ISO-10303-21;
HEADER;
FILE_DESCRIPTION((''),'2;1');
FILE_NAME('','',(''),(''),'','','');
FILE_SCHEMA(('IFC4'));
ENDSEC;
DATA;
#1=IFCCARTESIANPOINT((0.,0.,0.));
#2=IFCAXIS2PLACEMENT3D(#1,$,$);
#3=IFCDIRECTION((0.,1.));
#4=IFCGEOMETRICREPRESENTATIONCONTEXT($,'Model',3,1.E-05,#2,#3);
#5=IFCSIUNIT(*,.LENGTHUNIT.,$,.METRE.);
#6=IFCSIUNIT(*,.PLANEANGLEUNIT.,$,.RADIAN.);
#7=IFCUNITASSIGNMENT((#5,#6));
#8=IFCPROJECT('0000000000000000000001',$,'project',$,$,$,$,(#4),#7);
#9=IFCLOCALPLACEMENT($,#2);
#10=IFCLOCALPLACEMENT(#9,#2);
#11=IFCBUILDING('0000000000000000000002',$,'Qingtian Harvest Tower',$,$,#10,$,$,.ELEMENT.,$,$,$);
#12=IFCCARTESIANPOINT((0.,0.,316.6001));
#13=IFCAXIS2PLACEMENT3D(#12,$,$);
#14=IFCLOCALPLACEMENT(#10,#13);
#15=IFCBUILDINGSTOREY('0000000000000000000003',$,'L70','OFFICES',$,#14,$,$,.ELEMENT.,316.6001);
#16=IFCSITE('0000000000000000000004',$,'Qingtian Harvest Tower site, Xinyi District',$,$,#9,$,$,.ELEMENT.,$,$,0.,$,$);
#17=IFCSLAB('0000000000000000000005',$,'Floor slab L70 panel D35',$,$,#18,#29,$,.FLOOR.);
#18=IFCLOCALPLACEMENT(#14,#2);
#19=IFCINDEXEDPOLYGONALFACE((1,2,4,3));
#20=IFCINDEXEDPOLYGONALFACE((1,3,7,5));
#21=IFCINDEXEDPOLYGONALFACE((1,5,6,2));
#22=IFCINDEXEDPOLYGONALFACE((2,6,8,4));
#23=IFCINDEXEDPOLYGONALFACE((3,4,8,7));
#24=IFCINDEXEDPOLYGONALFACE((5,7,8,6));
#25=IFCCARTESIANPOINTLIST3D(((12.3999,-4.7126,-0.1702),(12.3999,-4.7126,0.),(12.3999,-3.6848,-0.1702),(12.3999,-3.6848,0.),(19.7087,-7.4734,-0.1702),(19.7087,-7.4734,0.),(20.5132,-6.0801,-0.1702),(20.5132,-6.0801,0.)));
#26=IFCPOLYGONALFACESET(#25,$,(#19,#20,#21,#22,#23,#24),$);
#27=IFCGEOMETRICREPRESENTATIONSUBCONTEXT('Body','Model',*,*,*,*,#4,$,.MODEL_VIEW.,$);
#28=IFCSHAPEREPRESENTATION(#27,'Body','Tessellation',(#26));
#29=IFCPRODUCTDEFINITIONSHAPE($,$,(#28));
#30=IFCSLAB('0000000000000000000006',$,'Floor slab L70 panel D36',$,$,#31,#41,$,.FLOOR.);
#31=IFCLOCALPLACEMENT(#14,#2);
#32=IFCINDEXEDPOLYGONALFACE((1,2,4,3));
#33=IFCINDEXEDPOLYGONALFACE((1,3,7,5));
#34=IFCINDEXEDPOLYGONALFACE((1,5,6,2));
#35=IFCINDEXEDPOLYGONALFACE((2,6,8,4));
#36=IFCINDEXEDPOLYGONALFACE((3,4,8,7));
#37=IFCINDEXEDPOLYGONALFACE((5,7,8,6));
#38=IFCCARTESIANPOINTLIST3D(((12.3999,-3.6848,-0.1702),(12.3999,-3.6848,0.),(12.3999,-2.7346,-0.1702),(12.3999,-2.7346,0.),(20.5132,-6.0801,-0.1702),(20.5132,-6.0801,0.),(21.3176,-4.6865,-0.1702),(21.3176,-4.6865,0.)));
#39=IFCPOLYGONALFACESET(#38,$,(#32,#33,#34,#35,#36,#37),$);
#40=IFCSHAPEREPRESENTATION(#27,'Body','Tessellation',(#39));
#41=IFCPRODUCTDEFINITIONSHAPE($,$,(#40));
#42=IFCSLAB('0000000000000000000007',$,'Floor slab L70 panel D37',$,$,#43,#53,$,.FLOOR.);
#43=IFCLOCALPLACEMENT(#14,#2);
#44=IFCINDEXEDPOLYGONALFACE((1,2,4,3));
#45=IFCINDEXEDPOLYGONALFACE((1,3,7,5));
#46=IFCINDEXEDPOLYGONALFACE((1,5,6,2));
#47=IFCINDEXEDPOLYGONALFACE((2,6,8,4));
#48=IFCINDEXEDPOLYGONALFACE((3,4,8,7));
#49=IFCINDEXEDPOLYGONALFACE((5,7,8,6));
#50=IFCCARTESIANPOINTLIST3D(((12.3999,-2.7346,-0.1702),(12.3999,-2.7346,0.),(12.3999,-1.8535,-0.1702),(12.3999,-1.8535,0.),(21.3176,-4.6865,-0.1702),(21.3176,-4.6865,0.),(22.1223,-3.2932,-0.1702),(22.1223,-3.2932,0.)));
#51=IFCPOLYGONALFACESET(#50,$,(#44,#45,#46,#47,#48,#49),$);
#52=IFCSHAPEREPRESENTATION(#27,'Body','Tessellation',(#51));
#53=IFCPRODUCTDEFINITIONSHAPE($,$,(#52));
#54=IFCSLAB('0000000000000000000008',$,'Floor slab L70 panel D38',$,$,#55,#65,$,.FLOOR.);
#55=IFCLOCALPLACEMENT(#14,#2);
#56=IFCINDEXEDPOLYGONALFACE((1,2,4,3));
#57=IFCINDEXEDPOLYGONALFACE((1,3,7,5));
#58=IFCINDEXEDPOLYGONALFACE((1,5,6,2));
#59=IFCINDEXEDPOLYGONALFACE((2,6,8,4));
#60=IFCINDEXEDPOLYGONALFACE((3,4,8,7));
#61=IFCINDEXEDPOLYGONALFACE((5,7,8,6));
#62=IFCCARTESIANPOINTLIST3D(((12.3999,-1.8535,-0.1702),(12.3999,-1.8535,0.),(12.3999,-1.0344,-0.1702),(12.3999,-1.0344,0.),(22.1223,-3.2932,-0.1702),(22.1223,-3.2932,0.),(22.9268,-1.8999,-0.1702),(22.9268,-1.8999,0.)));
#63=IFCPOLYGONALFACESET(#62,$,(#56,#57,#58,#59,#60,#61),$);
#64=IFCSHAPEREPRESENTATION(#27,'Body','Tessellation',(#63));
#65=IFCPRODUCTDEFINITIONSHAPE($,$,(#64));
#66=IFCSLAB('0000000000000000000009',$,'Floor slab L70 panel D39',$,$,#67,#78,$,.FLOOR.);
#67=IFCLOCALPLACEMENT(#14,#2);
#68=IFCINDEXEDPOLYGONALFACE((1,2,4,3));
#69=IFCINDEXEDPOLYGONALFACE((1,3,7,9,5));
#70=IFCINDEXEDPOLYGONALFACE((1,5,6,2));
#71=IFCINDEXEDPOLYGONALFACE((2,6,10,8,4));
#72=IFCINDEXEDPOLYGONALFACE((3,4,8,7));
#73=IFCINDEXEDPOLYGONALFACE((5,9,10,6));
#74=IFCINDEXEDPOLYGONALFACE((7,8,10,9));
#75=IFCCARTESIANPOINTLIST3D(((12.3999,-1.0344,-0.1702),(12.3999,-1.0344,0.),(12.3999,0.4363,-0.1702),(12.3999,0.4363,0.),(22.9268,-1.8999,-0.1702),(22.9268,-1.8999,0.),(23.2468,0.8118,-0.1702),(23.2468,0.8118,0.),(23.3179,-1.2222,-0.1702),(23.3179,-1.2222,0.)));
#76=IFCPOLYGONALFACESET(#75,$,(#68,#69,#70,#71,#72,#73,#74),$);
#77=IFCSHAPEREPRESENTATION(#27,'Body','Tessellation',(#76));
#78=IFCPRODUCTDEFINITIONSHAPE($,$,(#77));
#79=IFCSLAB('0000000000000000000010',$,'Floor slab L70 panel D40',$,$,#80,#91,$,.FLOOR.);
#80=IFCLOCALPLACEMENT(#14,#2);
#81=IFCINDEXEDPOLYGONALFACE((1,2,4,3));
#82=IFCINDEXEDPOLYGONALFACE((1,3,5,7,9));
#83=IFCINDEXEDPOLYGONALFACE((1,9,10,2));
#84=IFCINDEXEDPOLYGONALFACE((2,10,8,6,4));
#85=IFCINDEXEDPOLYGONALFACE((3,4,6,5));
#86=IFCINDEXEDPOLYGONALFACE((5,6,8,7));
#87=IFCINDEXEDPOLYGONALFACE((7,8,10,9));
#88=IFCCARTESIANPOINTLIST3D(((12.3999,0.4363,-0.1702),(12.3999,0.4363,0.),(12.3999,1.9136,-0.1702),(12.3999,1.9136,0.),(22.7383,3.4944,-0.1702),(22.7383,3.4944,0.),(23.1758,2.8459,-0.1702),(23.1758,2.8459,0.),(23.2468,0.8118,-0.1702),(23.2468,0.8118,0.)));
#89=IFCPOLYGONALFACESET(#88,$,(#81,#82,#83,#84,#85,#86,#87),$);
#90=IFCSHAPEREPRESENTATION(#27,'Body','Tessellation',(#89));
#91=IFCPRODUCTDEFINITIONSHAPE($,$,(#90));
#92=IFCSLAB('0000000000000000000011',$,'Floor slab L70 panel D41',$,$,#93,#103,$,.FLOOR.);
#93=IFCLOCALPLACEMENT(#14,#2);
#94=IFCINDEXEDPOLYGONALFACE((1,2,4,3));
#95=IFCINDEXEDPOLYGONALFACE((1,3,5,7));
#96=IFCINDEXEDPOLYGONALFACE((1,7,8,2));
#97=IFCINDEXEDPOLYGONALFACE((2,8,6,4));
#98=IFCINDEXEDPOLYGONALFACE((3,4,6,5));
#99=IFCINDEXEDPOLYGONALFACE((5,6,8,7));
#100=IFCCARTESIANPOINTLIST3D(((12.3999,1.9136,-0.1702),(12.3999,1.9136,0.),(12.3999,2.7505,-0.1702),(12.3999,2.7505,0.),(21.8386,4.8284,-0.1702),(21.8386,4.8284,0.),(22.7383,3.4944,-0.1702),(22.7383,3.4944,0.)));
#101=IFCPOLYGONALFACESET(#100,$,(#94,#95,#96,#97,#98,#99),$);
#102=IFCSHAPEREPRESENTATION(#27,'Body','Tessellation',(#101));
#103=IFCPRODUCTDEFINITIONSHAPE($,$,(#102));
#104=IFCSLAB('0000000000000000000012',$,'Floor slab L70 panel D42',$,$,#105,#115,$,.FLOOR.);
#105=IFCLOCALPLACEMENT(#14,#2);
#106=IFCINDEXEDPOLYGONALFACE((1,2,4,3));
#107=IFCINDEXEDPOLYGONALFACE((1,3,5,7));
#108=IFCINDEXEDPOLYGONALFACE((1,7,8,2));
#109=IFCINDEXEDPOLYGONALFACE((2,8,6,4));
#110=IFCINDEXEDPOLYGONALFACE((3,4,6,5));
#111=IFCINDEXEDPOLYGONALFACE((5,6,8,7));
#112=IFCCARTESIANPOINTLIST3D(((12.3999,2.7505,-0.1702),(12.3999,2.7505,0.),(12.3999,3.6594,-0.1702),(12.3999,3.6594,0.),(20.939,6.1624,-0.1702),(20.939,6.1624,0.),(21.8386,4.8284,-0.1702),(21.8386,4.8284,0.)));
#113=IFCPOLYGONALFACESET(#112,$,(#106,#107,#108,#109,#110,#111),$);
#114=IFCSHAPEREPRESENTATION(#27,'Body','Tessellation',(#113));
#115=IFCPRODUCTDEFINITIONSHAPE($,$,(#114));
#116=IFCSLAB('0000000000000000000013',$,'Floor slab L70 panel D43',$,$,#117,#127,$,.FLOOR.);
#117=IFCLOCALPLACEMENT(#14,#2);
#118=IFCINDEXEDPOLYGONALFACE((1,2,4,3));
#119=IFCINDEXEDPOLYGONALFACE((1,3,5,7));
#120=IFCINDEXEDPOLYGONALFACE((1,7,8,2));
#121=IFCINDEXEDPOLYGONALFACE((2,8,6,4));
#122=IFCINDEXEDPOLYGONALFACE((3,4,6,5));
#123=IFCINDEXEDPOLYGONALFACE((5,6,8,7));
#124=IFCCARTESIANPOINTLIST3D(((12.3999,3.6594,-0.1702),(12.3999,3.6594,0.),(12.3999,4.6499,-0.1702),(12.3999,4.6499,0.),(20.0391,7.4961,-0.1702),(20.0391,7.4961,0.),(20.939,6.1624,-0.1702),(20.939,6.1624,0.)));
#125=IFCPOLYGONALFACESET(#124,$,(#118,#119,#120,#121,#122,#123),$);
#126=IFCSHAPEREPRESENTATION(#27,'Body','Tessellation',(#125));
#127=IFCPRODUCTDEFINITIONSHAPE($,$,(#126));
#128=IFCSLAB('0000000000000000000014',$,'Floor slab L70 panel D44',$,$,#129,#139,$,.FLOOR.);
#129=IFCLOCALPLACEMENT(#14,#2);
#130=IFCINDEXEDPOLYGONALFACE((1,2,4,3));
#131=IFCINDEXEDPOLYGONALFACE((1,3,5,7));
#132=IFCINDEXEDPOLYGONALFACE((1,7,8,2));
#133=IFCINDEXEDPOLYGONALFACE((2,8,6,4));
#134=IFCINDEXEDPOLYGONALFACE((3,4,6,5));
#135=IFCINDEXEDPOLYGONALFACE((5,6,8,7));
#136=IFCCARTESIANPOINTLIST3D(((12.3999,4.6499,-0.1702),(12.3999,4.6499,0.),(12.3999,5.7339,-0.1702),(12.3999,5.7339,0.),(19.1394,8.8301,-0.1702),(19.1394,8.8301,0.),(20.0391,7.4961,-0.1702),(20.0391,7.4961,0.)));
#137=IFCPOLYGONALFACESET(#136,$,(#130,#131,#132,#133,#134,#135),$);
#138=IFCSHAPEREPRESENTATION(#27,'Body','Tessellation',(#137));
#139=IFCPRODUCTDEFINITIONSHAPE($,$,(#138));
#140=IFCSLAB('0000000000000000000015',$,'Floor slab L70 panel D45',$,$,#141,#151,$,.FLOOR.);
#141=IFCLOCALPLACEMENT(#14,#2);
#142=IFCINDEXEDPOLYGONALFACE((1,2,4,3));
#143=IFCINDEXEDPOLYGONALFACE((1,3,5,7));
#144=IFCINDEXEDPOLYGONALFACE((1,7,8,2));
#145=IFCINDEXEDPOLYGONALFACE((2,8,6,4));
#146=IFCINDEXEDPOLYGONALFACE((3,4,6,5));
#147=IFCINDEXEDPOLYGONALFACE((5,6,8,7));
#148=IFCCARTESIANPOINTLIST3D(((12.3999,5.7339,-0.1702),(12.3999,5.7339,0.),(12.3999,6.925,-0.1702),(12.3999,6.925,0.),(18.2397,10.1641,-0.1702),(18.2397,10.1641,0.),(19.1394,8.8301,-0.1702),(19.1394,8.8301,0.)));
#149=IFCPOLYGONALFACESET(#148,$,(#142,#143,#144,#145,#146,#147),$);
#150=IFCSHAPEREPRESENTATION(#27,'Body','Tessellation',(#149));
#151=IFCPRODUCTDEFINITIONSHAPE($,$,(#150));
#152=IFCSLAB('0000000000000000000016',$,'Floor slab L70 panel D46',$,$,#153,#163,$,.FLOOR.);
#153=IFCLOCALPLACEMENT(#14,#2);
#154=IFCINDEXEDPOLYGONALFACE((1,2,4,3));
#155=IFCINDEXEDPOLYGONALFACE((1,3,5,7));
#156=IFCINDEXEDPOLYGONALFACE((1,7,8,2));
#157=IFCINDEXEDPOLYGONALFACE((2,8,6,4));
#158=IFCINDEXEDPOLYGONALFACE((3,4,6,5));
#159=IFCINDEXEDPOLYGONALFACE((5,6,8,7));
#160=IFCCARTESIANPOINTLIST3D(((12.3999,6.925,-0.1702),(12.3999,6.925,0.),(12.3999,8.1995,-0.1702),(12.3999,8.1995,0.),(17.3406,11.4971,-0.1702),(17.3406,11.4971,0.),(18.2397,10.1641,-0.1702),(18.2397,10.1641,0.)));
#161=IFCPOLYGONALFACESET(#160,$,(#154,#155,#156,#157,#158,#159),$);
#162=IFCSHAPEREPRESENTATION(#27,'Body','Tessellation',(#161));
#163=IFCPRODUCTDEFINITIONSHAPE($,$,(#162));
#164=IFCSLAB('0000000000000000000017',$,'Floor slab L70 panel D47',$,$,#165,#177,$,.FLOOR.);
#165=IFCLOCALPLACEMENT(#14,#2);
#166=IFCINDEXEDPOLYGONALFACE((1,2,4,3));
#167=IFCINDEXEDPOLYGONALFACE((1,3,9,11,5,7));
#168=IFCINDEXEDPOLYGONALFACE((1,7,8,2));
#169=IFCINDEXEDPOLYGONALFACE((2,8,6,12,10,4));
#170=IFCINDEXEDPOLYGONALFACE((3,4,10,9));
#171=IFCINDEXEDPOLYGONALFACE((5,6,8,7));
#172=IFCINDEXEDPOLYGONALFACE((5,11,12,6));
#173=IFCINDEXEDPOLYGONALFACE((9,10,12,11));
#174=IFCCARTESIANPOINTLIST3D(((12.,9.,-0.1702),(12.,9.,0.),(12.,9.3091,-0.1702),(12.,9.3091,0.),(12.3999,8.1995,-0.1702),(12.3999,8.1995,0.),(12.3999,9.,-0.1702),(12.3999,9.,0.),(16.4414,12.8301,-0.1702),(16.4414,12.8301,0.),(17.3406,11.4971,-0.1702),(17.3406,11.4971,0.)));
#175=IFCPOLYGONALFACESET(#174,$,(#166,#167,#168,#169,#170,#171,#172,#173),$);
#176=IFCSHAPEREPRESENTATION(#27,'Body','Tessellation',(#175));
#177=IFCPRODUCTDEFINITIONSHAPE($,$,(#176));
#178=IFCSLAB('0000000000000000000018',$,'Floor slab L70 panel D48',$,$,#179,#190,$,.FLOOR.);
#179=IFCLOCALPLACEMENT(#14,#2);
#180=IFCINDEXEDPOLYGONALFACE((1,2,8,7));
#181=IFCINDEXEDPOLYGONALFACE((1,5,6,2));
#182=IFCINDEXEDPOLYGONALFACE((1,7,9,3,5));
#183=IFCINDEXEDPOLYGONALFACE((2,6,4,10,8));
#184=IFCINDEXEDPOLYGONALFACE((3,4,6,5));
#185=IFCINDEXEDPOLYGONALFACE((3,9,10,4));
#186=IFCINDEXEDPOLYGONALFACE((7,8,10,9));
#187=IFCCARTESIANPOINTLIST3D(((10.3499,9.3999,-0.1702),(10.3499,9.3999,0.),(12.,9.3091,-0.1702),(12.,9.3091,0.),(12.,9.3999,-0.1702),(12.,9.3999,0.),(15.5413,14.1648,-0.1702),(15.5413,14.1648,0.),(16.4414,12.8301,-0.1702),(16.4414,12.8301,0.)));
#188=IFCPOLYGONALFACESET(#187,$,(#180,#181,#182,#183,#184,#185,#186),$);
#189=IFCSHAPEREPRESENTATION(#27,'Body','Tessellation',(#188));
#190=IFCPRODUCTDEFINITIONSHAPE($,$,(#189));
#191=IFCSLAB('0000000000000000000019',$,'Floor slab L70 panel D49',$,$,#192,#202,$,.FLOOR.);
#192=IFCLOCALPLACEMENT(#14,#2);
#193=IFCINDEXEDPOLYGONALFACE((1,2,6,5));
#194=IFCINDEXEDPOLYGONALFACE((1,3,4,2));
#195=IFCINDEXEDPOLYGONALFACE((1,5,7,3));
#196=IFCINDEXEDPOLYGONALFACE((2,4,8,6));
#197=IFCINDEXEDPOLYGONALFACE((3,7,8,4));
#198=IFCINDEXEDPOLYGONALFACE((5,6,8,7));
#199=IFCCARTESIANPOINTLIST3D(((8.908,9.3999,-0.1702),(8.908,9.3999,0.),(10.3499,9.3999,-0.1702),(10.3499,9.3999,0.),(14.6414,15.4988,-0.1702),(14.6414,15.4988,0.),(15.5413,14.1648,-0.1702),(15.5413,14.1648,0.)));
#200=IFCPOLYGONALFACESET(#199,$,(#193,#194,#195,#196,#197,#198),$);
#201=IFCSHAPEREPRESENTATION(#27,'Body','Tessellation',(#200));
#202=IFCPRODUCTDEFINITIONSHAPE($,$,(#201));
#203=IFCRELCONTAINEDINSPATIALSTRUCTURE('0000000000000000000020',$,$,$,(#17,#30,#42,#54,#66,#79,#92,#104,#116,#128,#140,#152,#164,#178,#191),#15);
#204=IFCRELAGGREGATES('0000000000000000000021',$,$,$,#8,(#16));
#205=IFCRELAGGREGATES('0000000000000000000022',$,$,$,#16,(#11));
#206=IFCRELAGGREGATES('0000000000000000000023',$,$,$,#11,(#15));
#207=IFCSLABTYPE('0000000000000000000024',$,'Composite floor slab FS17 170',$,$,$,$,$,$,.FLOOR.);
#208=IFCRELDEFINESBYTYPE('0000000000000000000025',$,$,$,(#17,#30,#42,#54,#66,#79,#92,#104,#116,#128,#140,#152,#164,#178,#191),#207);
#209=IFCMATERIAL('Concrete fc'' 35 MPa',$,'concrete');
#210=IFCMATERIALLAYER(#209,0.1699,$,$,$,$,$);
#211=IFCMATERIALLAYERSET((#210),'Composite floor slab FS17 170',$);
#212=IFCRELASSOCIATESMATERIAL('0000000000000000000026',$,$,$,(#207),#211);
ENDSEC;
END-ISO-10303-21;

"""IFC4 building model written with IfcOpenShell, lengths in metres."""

from ifc_helpers import new_model, si_unit, direction, frame, origin, place, context, subcontext, project, spatial, polyline, outline, extrude, material, layer, layer_set, type_object, element, save


model = new_model("IFC4")

# Units and contexts
model_context = context("Model", 3, precision=1e-05, world=origin(), true_north=direction((0.0, 1.0)))
body_context = subcontext(model_context, "Body", "Model", "MODEL_VIEW")
ifc_project = project(units=[si_unit("LENGTHUNIT", "METRE"), si_unit("PLANEANGLEUNIT", "RADIAN")], contexts=[model_context])

# Site, building, storey
site_placement = place(None, origin())
site = spatial("IfcSite", under=ifc_project, at=site_placement, Name="Qingtian Harvest Tower site, Xinyi District", CompositionType="ELEMENT", RefElevation=0.0)
building_placement = place(site_placement, origin())
building = spatial("IfcBuilding", under=site, at=building_placement, Name="Qingtian Harvest Tower", CompositionType="ELEMENT")
storey_placement = place(building_placement, frame((0.0, 0.0, 316.6001)))
storey = spatial("IfcBuildingStorey", under=building, at=storey_placement, Name="L70", Description="OFFICES", CompositionType="ELEMENT", Elevation=316.6001)

# Slabs
ifc_material_1 = material(Name="Concrete fc' 35 MPa", Category="concrete")
ifc_layer_1 = layer(ifc_material_1, 0.1699)
ifc_layer_set_1 = layer_set([ifc_layer_1], Name="Composite floor slab FS17 170")
slab_type = type_object("IfcSlabType", Name="Composite floor slab FS17 170", PredefinedType="FLOOR", material=ifc_layer_set_1)
slab_1_placement = place(storey_placement, frame((0.0, 0.0, -0.1702)))
element("IfcSlab", 1, at=slab_1_placement, inside=storey, type_object=slab_type, Name="Floor slab L70 panel D35", PredefinedType="FLOOR", context=body_context, shape_type="SweptSolid", body=[
    extrude(outline(polyline([(12.3999, -3.6848), (20.5132, -6.0801), (19.7087, -7.4734), (12.3999, -4.7126), (12.3999, -3.6848)])), origin(), (0.0, 0.0, 1.0), 0.1702),
])
slab_2_placement = place(storey_placement, frame((0.0, 0.0, -0.1702)))
element("IfcSlab", 2, at=slab_2_placement, inside=storey, type_object=slab_type, Name="Floor slab L70 panel D36", PredefinedType="FLOOR", context=body_context, shape_type="SweptSolid", body=[
    extrude(outline(polyline([(12.3999, -2.7346), (21.3176, -4.6865), (20.5132, -6.0801), (12.3999, -3.6848), (12.3999, -2.7346)])), origin(), (0.0, 0.0, 1.0), 0.1702),
])
slab_3_placement = place(storey_placement, frame((0.0, 0.0, -0.1702)))
element("IfcSlab", 3, at=slab_3_placement, inside=storey, type_object=slab_type, Name="Floor slab L70 panel D37", PredefinedType="FLOOR", context=body_context, shape_type="SweptSolid", body=[
    extrude(outline(polyline([(12.3999, -1.8535), (22.1223, -3.2932), (21.3176, -4.6865), (12.3999, -2.7346), (12.3999, -1.8535)])), origin(), (0.0, 0.0, 1.0), 0.1702),
])
slab_4_placement = place(storey_placement, frame((0.0, 0.0, -0.1702)))
element("IfcSlab", 4, at=slab_4_placement, inside=storey, type_object=slab_type, Name="Floor slab L70 panel D38", PredefinedType="FLOOR", context=body_context, shape_type="SweptSolid", body=[
    extrude(outline(polyline([(12.3999, -1.0344), (22.9268, -1.8999), (22.1223, -3.2932), (12.3999, -1.8535), (12.3999, -1.0344)])), origin(), (0.0, 0.0, 1.0), 0.1702),
])
slab_5_placement = place(storey_placement, frame((0.0, 0.0, -0.1702)))
element("IfcSlab", 5, at=slab_5_placement, inside=storey, type_object=slab_type, Name="Floor slab L70 panel D39", PredefinedType="FLOOR", context=body_context, shape_type="SweptSolid", body=[
    extrude(outline(polyline([(12.3999, -1.0344), (12.3999, 0.4363), (23.2468, 0.8118), (23.3179, -1.2222), (22.9268, -1.8999), (12.3999, -1.0344)])), origin(), (0.0, 0.0, 1.0), 0.1702),
])
slab_6_placement = place(storey_placement, frame((0.0, 0.0, -0.1702)))
element("IfcSlab", 6, at=slab_6_placement, inside=storey, type_object=slab_type, Name="Floor slab L70 panel D40", PredefinedType="FLOOR", context=body_context, shape_type="SweptSolid", body=[
    extrude(outline(polyline([(12.3999, 0.4363), (12.3999, 1.9136), (22.7383, 3.4944), (23.1758, 2.8459), (23.2468, 0.8118), (12.3999, 0.4363)])), origin(), (0.0, 0.0, 1.0), 0.1702),
])
slab_7_placement = place(storey_placement, frame((0.0, 0.0, -0.1702)))
element("IfcSlab", 7, at=slab_7_placement, inside=storey, type_object=slab_type, Name="Floor slab L70 panel D41", PredefinedType="FLOOR", context=body_context, shape_type="SweptSolid", body=[
    extrude(outline(polyline([(12.3999, 2.7505), (21.8386, 4.8284), (22.7383, 3.4944), (12.3999, 1.9136), (12.3999, 2.7505)])), origin(), (0.0, 0.0, 1.0), 0.1702),
])
slab_8_placement = place(storey_placement, frame((0.0, 0.0, -0.1702)))
element("IfcSlab", 8, at=slab_8_placement, inside=storey, type_object=slab_type, Name="Floor slab L70 panel D42", PredefinedType="FLOOR", context=body_context, shape_type="SweptSolid", body=[
    extrude(outline(polyline([(12.3999, 3.6594), (20.939, 6.1624), (21.8386, 4.8284), (12.3999, 2.7505), (12.3999, 3.6594)])), origin(), (0.0, 0.0, 1.0), 0.1702),
])
slab_9_placement = place(storey_placement, frame((0.0, 0.0, -0.1702)))
element("IfcSlab", 9, at=slab_9_placement, inside=storey, type_object=slab_type, Name="Floor slab L70 panel D43", PredefinedType="FLOOR", context=body_context, shape_type="SweptSolid", body=[
    extrude(outline(polyline([(12.3999, 4.6499), (20.0391, 7.4961), (20.939, 6.1624), (12.3999, 3.6594), (12.3999, 4.6499)])), origin(), (0.0, 0.0, 1.0), 0.1702),
])
slab_10_placement = place(storey_placement, frame((0.0, 0.0, -0.1702)))
element("IfcSlab", 10, at=slab_10_placement, inside=storey, type_object=slab_type, Name="Floor slab L70 panel D44", PredefinedType="FLOOR", context=body_context, shape_type="SweptSolid", body=[
    extrude(outline(polyline([(12.3999, 5.7339), (19.1394, 8.8301), (20.0391, 7.4961), (12.3999, 4.6499), (12.3999, 5.7339)])), origin(), (0.0, 0.0, 1.0), 0.1702),
])
slab_11_placement = place(storey_placement, frame((0.0, 0.0, -0.1702)))
element("IfcSlab", 11, at=slab_11_placement, inside=storey, type_object=slab_type, Name="Floor slab L70 panel D45", PredefinedType="FLOOR", context=body_context, shape_type="SweptSolid", body=[
    extrude(outline(polyline([(12.3999, 6.925), (18.2397, 10.1641), (19.1394, 8.8301), (12.3999, 5.7339), (12.3999, 6.925)])), origin(), (0.0, 0.0, 1.0), 0.1702),
])
slab_12_placement = place(storey_placement, frame((0.0, 0.0, -0.1702)))
element("IfcSlab", 12, at=slab_12_placement, inside=storey, type_object=slab_type, Name="Floor slab L70 panel D46", PredefinedType="FLOOR", context=body_context, shape_type="SweptSolid", body=[
    extrude(outline(polyline([(12.3999, 8.1995), (17.3406, 11.4971), (18.2397, 10.1641), (12.3999, 6.925), (12.3999, 8.1995)])), origin(), (0.0, 0.0, 1.0), 0.1702),
])
slab_13_placement = place(storey_placement, frame((0.0, 0.0, -0.1702)))
element("IfcSlab", 13, at=slab_13_placement, inside=storey, type_object=slab_type, Name="Floor slab L70 panel D47", PredefinedType="FLOOR", context=body_context, shape_type="SweptSolid", body=[
    extrude(outline(polyline([(12.3999, 9.0), (12.0, 9.0), (12.0, 9.3091), (16.4414, 12.8301), (17.3406, 11.4971), (12.3999, 8.1995), (12.3999, 9.0)])), origin(), (0.0, 0.0, 1.0), 0.1702),
])
slab_14_placement = place(storey_placement, frame((0.0, 0.0, -0.1702)))
element("IfcSlab", 14, at=slab_14_placement, inside=storey, type_object=slab_type, Name="Floor slab L70 panel D48", PredefinedType="FLOOR", context=body_context, shape_type="SweptSolid", body=[
    extrude(outline(polyline([(12.0, 9.3999), (10.3499, 9.3999), (15.5413, 14.1648), (16.4414, 12.8301), (12.0, 9.3091), (12.0, 9.3999)])), origin(), (0.0, 0.0, 1.0), 0.1702),
])
slab_15_placement = place(storey_placement, frame((0.0, 0.0, -0.1702)))
element("IfcSlab", 15, at=slab_15_placement, inside=storey, type_object=slab_type, Name="Floor slab L70 panel D49", PredefinedType="FLOOR", context=body_context, shape_type="SweptSolid", body=[
    extrude(outline(polyline([(8.908, 9.3999), (14.6414, 15.4988), (15.5413, 14.1648), (10.3499, 9.3999), (8.908, 9.3999)])), origin(), (0.0, 0.0, 1.0), 0.1702),
])

save(model, "model.ifc")
